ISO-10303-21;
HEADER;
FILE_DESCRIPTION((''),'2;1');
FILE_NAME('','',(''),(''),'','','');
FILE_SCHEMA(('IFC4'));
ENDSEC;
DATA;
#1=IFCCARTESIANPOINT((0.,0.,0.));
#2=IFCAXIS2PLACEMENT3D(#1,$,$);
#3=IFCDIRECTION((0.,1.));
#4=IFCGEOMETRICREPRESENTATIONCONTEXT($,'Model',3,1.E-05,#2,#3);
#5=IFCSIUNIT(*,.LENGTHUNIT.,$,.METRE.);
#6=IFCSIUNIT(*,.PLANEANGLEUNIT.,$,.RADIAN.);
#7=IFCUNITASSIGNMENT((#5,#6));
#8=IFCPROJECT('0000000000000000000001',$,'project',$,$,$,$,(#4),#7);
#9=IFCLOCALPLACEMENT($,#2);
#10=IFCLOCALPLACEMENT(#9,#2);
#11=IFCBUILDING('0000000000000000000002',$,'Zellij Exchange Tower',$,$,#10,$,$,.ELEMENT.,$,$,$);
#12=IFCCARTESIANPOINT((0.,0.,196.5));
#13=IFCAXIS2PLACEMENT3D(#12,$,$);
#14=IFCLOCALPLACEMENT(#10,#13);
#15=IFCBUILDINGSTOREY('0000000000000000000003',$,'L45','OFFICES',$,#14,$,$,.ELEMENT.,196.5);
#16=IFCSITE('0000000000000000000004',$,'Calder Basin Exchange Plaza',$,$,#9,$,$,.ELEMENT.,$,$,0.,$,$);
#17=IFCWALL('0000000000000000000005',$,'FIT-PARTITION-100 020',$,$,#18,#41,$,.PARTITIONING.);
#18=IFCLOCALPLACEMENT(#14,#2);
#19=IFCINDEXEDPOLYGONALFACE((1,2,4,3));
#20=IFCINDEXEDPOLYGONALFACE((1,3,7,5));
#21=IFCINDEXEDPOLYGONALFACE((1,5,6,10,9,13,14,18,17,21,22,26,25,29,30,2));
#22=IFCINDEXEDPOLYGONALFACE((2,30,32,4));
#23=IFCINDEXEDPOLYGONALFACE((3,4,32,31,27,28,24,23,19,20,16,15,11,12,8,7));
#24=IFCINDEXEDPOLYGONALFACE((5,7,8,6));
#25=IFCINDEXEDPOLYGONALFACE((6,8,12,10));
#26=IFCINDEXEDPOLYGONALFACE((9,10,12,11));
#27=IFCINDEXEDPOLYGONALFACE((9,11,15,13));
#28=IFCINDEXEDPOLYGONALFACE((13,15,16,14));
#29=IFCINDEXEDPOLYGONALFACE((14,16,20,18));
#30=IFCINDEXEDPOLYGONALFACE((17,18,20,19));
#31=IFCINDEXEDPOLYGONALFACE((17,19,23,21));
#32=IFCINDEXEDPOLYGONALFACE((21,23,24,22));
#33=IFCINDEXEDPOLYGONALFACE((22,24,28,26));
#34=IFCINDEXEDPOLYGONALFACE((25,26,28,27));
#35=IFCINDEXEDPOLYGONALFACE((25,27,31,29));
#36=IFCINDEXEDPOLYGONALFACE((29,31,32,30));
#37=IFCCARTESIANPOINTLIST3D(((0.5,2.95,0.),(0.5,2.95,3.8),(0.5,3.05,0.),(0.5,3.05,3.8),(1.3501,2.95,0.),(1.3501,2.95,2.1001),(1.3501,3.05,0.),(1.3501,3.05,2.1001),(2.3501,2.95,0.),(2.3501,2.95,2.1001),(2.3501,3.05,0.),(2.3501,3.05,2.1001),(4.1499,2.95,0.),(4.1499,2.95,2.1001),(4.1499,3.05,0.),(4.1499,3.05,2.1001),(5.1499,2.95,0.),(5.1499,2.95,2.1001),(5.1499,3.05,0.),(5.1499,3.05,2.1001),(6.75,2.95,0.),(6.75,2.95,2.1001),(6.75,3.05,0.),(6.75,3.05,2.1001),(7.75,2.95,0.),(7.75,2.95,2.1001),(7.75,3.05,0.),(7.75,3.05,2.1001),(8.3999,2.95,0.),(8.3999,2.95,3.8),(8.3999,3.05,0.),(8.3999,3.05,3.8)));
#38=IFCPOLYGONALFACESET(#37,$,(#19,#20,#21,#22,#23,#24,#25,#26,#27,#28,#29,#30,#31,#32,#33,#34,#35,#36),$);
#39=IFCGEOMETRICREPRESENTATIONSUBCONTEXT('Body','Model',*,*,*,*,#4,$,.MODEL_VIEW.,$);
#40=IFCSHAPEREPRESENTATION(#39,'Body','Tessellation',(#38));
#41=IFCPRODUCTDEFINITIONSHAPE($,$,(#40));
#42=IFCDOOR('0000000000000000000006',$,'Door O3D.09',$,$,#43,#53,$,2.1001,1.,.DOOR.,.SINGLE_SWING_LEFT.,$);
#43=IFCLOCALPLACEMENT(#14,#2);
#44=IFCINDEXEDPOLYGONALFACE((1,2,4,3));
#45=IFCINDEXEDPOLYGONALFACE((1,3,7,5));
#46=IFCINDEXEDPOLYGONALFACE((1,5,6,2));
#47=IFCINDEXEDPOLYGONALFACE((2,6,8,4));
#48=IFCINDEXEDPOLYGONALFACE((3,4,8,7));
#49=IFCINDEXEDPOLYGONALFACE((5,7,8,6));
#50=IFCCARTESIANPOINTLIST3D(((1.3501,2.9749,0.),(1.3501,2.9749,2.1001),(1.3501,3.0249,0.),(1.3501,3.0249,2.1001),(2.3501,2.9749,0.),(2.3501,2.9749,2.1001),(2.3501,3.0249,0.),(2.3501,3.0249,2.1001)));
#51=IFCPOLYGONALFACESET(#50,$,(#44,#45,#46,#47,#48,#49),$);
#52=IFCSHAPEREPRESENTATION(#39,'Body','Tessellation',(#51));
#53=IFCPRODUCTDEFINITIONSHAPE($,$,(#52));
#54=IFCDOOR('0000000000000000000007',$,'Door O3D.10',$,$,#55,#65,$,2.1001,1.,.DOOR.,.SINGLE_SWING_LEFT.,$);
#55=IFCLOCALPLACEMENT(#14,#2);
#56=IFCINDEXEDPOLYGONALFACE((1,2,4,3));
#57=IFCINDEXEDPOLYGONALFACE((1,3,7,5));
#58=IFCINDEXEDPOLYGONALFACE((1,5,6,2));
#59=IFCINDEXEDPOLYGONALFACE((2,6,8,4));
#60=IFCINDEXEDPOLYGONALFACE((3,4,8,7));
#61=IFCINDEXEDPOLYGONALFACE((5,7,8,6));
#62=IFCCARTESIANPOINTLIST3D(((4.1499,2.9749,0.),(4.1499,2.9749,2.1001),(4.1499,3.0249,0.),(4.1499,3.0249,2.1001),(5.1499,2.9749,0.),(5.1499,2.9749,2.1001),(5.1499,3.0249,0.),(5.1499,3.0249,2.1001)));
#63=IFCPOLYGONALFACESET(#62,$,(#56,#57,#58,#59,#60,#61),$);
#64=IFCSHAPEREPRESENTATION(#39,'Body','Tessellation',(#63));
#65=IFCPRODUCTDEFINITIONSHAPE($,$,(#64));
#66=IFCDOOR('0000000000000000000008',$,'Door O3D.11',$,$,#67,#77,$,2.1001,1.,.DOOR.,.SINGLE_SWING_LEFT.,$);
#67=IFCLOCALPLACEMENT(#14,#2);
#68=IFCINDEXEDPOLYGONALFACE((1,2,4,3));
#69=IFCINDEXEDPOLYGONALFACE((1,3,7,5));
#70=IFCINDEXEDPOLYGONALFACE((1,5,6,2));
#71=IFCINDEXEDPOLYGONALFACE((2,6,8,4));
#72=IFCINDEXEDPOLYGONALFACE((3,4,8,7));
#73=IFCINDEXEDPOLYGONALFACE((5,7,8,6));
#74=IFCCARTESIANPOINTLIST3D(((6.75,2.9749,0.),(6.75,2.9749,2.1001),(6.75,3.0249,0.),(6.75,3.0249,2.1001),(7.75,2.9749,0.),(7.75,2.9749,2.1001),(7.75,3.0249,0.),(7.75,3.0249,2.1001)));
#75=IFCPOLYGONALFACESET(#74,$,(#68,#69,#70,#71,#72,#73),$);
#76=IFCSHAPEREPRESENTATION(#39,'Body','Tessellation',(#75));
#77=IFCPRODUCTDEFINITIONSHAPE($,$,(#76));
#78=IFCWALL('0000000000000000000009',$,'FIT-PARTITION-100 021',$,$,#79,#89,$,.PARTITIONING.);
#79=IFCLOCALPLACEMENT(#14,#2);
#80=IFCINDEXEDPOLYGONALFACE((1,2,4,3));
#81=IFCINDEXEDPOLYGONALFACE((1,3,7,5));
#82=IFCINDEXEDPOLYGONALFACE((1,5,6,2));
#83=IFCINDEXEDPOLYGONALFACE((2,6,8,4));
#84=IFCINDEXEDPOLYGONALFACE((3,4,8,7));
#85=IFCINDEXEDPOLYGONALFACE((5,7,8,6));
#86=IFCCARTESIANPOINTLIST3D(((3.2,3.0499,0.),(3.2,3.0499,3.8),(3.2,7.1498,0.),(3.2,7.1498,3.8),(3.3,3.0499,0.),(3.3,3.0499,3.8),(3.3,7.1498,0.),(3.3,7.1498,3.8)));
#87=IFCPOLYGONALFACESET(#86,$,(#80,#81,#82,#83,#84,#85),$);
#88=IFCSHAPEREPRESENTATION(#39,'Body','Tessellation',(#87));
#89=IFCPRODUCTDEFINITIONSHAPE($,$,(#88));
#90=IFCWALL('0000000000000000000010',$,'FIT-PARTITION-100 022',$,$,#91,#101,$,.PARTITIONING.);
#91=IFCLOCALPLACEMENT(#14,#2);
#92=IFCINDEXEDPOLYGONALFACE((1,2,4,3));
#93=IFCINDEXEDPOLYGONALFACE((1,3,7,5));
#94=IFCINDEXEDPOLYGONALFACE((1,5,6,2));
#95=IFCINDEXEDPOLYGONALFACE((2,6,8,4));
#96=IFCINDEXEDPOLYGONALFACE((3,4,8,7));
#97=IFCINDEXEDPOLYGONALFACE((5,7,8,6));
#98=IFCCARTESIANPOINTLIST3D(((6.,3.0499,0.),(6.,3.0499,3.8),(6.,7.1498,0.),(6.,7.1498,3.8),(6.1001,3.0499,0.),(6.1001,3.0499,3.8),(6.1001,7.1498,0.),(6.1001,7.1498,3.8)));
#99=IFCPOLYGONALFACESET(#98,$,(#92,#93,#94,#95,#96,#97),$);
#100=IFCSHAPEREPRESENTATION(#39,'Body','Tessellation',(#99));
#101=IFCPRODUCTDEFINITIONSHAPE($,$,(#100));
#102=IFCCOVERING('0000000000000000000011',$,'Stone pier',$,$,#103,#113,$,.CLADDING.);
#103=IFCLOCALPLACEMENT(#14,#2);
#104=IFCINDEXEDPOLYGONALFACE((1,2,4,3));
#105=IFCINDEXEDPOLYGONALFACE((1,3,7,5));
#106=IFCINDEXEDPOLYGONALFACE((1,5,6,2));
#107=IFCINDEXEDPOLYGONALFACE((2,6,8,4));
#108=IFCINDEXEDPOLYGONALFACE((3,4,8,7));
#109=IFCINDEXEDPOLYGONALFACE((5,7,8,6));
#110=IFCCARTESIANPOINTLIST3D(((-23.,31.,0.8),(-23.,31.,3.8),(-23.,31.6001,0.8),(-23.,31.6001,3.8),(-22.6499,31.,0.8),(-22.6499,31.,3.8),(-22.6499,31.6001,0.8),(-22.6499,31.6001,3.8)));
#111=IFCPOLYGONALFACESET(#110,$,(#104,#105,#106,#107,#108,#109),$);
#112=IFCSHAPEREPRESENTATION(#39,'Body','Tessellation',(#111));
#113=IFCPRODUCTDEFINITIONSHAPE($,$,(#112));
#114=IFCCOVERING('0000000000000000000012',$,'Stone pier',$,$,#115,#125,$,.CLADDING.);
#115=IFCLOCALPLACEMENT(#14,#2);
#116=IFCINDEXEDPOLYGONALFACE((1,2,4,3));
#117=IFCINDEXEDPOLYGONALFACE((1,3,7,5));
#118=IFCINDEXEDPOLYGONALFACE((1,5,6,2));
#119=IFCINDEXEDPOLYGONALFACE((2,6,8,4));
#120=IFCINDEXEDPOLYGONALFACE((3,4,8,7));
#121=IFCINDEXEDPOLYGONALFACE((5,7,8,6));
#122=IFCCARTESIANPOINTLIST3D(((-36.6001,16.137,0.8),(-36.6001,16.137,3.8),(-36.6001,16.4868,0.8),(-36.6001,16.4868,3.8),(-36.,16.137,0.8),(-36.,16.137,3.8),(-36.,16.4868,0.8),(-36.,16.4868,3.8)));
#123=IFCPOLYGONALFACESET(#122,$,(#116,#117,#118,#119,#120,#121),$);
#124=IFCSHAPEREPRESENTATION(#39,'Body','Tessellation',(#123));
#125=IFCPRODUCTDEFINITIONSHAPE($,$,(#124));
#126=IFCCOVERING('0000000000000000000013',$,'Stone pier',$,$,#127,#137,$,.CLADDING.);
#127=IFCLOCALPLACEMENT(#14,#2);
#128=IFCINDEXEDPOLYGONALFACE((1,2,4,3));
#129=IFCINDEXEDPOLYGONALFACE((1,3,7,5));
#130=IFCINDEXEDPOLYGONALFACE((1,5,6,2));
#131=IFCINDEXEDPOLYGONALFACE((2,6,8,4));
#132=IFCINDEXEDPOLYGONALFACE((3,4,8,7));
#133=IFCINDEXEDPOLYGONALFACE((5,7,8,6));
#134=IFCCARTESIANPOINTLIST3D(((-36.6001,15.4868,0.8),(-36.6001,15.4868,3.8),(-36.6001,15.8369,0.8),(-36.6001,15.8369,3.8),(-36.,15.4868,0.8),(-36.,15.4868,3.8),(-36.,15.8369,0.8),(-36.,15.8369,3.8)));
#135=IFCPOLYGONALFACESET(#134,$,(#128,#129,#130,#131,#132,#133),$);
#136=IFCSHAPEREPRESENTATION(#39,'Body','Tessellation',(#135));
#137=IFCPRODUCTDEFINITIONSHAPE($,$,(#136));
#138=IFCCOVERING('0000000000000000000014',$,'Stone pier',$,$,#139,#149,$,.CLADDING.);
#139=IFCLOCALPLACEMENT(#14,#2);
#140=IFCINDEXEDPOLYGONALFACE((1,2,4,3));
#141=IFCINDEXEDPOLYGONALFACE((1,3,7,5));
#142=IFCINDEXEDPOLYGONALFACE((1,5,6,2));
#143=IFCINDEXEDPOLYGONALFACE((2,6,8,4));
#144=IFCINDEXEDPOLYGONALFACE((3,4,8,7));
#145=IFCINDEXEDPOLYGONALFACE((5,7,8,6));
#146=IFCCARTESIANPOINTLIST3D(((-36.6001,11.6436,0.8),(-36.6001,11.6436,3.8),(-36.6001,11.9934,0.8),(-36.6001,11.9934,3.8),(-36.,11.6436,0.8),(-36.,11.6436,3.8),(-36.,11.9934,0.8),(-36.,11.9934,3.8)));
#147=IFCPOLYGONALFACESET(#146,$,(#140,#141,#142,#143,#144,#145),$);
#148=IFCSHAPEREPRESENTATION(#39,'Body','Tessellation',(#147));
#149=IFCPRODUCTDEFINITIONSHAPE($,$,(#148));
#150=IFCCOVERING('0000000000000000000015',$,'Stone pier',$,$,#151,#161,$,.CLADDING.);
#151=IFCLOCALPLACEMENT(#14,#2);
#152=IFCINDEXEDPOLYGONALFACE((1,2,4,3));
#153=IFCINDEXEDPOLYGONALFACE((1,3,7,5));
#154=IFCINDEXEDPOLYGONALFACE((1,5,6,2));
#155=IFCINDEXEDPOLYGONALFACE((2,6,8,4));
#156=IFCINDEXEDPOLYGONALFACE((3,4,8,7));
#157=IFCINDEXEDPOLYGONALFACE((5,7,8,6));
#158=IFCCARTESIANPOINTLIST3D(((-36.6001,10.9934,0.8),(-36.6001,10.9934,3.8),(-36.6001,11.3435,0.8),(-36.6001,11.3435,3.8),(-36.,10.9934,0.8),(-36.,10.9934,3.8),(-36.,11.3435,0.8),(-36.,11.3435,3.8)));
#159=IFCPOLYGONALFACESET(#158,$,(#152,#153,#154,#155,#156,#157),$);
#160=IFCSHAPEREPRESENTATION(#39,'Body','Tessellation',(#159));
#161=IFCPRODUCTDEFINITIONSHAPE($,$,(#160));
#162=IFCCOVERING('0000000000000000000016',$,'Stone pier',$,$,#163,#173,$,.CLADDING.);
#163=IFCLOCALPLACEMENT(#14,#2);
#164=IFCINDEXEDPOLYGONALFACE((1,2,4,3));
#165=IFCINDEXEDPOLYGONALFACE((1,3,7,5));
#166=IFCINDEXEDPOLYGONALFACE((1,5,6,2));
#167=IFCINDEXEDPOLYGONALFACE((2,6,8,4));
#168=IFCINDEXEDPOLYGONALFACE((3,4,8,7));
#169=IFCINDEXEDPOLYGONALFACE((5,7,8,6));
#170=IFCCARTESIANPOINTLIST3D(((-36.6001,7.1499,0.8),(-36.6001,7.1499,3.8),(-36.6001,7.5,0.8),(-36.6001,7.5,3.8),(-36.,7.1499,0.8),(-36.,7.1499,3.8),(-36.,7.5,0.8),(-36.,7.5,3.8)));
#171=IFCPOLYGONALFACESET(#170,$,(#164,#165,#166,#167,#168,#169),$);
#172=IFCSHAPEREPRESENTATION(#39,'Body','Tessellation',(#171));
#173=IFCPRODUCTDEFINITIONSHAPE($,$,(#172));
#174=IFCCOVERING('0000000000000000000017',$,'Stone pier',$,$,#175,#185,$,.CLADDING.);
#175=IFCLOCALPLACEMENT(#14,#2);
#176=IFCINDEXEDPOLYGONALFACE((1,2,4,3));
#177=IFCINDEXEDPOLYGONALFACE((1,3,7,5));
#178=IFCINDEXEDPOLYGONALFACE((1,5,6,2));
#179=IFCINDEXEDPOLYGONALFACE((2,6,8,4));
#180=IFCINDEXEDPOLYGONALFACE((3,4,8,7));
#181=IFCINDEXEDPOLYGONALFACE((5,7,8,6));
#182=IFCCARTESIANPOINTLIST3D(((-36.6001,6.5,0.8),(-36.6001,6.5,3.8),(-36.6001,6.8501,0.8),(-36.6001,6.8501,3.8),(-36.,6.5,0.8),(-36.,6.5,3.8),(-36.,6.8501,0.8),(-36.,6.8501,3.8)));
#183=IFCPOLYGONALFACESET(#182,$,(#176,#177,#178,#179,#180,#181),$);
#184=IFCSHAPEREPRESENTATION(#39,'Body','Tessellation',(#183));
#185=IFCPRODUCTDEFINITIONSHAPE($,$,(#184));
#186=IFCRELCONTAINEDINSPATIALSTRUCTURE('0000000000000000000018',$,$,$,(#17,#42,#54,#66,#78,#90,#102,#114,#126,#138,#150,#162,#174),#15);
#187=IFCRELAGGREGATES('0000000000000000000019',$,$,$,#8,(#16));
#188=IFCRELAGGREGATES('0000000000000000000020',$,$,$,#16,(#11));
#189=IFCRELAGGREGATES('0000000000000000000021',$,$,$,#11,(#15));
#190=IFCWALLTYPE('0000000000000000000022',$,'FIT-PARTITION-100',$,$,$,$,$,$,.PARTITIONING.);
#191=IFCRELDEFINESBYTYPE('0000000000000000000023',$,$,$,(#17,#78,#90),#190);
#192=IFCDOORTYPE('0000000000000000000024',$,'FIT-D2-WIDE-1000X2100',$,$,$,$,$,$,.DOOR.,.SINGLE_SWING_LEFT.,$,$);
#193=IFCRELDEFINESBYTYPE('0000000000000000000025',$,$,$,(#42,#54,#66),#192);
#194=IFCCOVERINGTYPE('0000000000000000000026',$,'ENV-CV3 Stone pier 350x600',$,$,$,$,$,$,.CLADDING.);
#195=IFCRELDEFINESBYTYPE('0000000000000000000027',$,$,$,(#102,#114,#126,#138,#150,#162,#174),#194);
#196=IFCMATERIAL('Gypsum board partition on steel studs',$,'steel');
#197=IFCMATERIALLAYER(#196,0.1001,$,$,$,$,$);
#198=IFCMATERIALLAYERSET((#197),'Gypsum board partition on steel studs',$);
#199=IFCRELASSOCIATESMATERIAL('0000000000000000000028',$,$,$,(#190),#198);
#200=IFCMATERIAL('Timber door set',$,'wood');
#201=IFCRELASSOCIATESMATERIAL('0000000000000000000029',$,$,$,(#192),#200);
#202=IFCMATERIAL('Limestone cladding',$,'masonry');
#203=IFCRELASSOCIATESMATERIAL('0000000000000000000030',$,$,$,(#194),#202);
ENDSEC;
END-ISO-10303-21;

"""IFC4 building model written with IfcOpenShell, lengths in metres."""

from ifc_helpers import new_model, si_unit, direction, frame, frame_2d, origin, place, context, subcontext, project, spatial, polyline, rectangle, outline, extrude, material, layer, layer_set, type_object, element, fill, save


model = new_model("IFC4")

# Units and contexts
model_context = context("Model", 3, precision=1e-05, world=origin(), true_north=direction((0.0, 1.0)))
body_context = subcontext(model_context, "Body", "Model", "MODEL_VIEW")
ifc_project = project(units=[si_unit("LENGTHUNIT", "METRE"), si_unit("PLANEANGLEUNIT", "RADIAN")], contexts=[model_context])

# Site, building, storey
site_placement = place(None, origin())
site = spatial("IfcSite", under=ifc_project, at=site_placement, Name="Calder Basin Exchange Plaza", CompositionType="ELEMENT", RefElevation=0.0)
building_placement = place(site_placement, origin())
building = spatial("IfcBuilding", under=site, at=building_placement, Name="Zellij Exchange Tower", CompositionType="ELEMENT")
storey_placement = place(building_placement, frame((0.0, 0.0, 196.5)))
storey = spatial("IfcBuildingStorey", under=building, at=storey_placement, Name="L45", Description="OFFICES", CompositionType="ELEMENT", Elevation=196.5)

# Shared definitions
ifc_material_1 = material(Name="Gypsum board partition on steel studs", Category="steel")
ifc_layer_1 = layer(ifc_material_1, 0.1001)
ifc_layer_set_1 = layer_set([ifc_layer_1], Name="Gypsum board partition on steel studs")
wall_type = type_object("IfcWallType", Name="FIT-PARTITION-100", PredefinedType="PARTITIONING", material=ifc_layer_set_1)

# Wall, openings, doors
wall_placement = place(storey_placement, frame((0.5, 3.0, 0.0), z_axis=(0.0, 0.0, 1.0), x_axis=(1.0, 0.0, 0.0)))
wall = element("IfcWall", 1, at=wall_placement, inside=storey, type_object=wall_type, Name="FIT-PARTITION-100 020", PredefinedType="PARTITIONING", context=body_context, shape_type="SweptSolid", body=[
    extrude(rectangle(XDim=7.8999, YDim=0.1001, at=frame_2d((3.95, 0.0))), origin(), (0.0, 0.0, 1.0), 3.8),
])
opening_1_placement = place(wall_placement, frame((0.8501, 0.0, 0.0)))
opening_1 = element("IfcOpeningElement", 2, at=opening_1_placement, cuts=wall, PredefinedType="OPENING", context=body_context, shape_type="SweptSolid", body=[
    extrude(rectangle(XDim=1.0, YDim=2.1001, at=frame_2d((0.5, 1.05))), frame((0.0, 0.062, 0.0), z_axis=(0.0, -1.0, 0.0), x_axis=(1.0, 0.0, 0.0)), (0.0, 0.0, 1.0), 0.124),
])
opening_2_placement = place(wall_placement, frame((3.6499, 0.0, 0.0)))
opening_2 = element("IfcOpeningElement", 3, at=opening_2_placement, cuts=wall, PredefinedType="OPENING", context=body_context, shape_type="SweptSolid", body=[
    extrude(rectangle(XDim=1.0, YDim=2.1001, at=frame_2d((0.5, 1.05))), frame((0.0, 0.062, 0.0), z_axis=(0.0, -1.0, 0.0), x_axis=(1.0, 0.0, 0.0)), (0.0, 0.0, 1.0), 0.124),
])
opening_3_placement = place(wall_placement, frame((6.25, 0.0, 0.0)))
opening_3 = element("IfcOpeningElement", 4, at=opening_3_placement, cuts=wall, PredefinedType="OPENING", context=body_context, shape_type="SweptSolid", body=[
    extrude(rectangle(XDim=1.0, YDim=2.1001, at=frame_2d((0.5, 1.05))), frame((0.0, 0.062, 0.0), z_axis=(0.0, -1.0, 0.0), x_axis=(1.0, 0.0, 0.0)), (0.0, 0.0, 1.0), 0.124),
])
ifc_material_2 = material(Name="Timber door set", Category="wood")
door_type = type_object("IfcDoorType", Name="FIT-D2-WIDE-1000X2100", OperationType="SINGLE_SWING_LEFT", PredefinedType="DOOR", material=ifc_material_2)
door_1_placement = place(opening_1_placement, origin())
door_1 = element("IfcDoor", 5, at=door_1_placement, inside=storey, type_object=door_type, Name="Door O3D.09", OperationType="SINGLE_SWING_LEFT", OverallHeight=2.1001, OverallWidth=1.0, PredefinedType="DOOR", context=body_context, shape_type="SweptSolid", body=[
    extrude(rectangle(XDim=1.0, YDim=2.1001, at=frame_2d((0.5, 1.05))), frame((0.0, 0.0249, 0.0), z_axis=(0.0, -1.0, 0.0), x_axis=(1.0, 0.0, 0.0)), (0.0, 0.0, 1.0), 0.05),
])
fill(opening_1, door_1)
door_2_placement = place(opening_2_placement, origin())
door_2 = element("IfcDoor", 6, at=door_2_placement, inside=storey, type_object=door_type, Name="Door O3D.10", OperationType="SINGLE_SWING_LEFT", OverallHeight=2.1001, OverallWidth=1.0, PredefinedType="DOOR", context=body_context, shape_type="SweptSolid", body=[
    extrude(rectangle(XDim=1.0, YDim=2.1001, at=frame_2d((0.5, 1.05))), frame((0.0, 0.0249, 0.0), z_axis=(0.0, -1.0, 0.0), x_axis=(1.0, 0.0, 0.0)), (0.0, 0.0, 1.0), 0.05),
])
fill(opening_2, door_2)
door_3_placement = place(opening_3_placement, origin())
door_3 = element("IfcDoor", 7, at=door_3_placement, inside=storey, type_object=door_type, Name="Door O3D.11", OperationType="SINGLE_SWING_LEFT", OverallHeight=2.1001, OverallWidth=1.0, PredefinedType="DOOR", context=body_context, shape_type="SweptSolid", body=[
    extrude(rectangle(XDim=1.0, YDim=2.1001, at=frame_2d((0.5, 1.05))), frame((0.0, 0.0249, 0.0), z_axis=(0.0, -1.0, 0.0), x_axis=(1.0, 0.0, 0.0)), (0.0, 0.0, 1.0), 0.05),
])
fill(opening_3, door_3)

# Walls
for number, where, z_axis, x_axis, name in (
    (8, (3.25, 3.05, 0.0), (0.0, 0.0, 1.0), (0.0, 1.0, 0.0), "FIT-PARTITION-100 021"),
    (9, (6.05, 3.05, 0.0), (0.0, 0.0, 1.0), (0.0, 1.0, 0.0), "FIT-PARTITION-100 022"),
):
    element("IfcWall", number, at=place(storey_placement, frame(where, z_axis=z_axis, x_axis=x_axis)), inside=storey, type_object=wall_type, Name=name, PredefinedType="PARTITIONING", context=body_context, shape_type="SweptSolid", body=[
        extrude(rectangle(XDim=4.0999, YDim=0.1001, at=frame_2d((2.0498, 0.0))), origin(), (0.0, 0.0, 1.0), 3.8),
    ])

# Coverings
ifc_material_3 = material(Name="Limestone cladding", Category="masonry")
covering_type_1 = type_object("IfcCoveringType", Name="ENV-CV3 Stone pier 350x600", PredefinedType="CLADDING", material=ifc_material_3)
covering_1_placement = place(storey_placement, frame((0.0, 0.0, 0.8)))
element("IfcCovering", 10, at=covering_1_placement, inside=storey, type_object=covering_type_1, Name="Stone pier", PredefinedType="CLADDING", context=body_context, shape_type="SweptSolid", body=[
    extrude(outline(polyline([(-22.6499, 31.0), (-23.0, 31.0), (-23.0, 31.6001), (-22.6499, 31.6001), (-22.6499, 31.0)])), origin(), (0.0, 0.0, 1.0), 3.0),
])
covering_2_placement = place(storey_placement, frame((0.0, 0.0, 0.8)))
element("IfcCovering", 11, at=covering_2_placement, inside=storey, type_object=covering_type_1, Name="Stone pier", PredefinedType="CLADDING", context=body_context, shape_type="SweptSolid", body=[
    extrude(outline(polyline([(-36.0, 16.4868), (-36.0, 16.137), (-36.6001, 16.137), (-36.6001, 16.4868), (-36.0, 16.4868)])), origin(), (0.0, 0.0, 1.0), 3.0),
])
covering_3_placement = place(storey_placement, frame((0.0, 0.0, 0.8)))
element("IfcCovering", 12, at=covering_3_placement, inside=storey, type_object=covering_type_1, Name="Stone pier", PredefinedType="CLADDING", context=body_context, shape_type="SweptSolid", body=[
    extrude(outline(polyline([(-36.0, 15.8369), (-36.0, 15.4868), (-36.6001, 15.4868), (-36.6001, 15.8369), (-36.0, 15.8369)])), origin(), (0.0, 0.0, 1.0), 3.0),
])
covering_4_placement = place(storey_placement, frame((0.0, 0.0, 0.8)))
element("IfcCovering", 13, at=covering_4_placement, inside=storey, type_object=covering_type_1, Name="Stone pier", PredefinedType="CLADDING", context=body_context, shape_type="SweptSolid", body=[
    extrude(outline(polyline([(-36.0, 11.9934), (-36.0, 11.6436), (-36.6001, 11.6436), (-36.6001, 11.9934), (-36.0, 11.9934)])), origin(), (0.0, 0.0, 1.0), 3.0),
])
covering_5_placement = place(storey_placement, frame((0.0, 0.0, 0.8)))
element("IfcCovering", 14, at=covering_5_placement, inside=storey, type_object=covering_type_1, Name="Stone pier", PredefinedType="CLADDING", context=body_context, shape_type="SweptSolid", body=[
    extrude(outline(polyline([(-36.0, 11.3435), (-36.0, 10.9934), (-36.6001, 10.9934), (-36.6001, 11.3435), (-36.0, 11.3435)])), origin(), (0.0, 0.0, 1.0), 3.0),
])
covering_6_placement = place(storey_placement, frame((0.0, 0.0, 0.8)))
element("IfcCovering", 15, at=covering_6_placement, inside=storey, type_object=covering_type_1, Name="Stone pier", PredefinedType="CLADDING", context=body_context, shape_type="SweptSolid", body=[
    extrude(outline(polyline([(-36.0, 7.5), (-36.0, 7.1499), (-36.6001, 7.1499), (-36.6001, 7.5), (-36.0, 7.5)])), origin(), (0.0, 0.0, 1.0), 3.0),
])
covering_7_placement = place(storey_placement, frame((0.0, 0.0, 0.8)))
element("IfcCovering", 16, at=covering_7_placement, inside=storey, type_object=covering_type_1, Name="Stone pier", PredefinedType="CLADDING", context=body_context, shape_type="SweptSolid", body=[
    extrude(outline(polyline([(-36.0, 6.8501), (-36.0, 6.5), (-36.6001, 6.5), (-36.6001, 6.8501), (-36.0, 6.8501)])), origin(), (0.0, 0.0, 1.0), 3.0),
])

save(model, "model.ifc")
